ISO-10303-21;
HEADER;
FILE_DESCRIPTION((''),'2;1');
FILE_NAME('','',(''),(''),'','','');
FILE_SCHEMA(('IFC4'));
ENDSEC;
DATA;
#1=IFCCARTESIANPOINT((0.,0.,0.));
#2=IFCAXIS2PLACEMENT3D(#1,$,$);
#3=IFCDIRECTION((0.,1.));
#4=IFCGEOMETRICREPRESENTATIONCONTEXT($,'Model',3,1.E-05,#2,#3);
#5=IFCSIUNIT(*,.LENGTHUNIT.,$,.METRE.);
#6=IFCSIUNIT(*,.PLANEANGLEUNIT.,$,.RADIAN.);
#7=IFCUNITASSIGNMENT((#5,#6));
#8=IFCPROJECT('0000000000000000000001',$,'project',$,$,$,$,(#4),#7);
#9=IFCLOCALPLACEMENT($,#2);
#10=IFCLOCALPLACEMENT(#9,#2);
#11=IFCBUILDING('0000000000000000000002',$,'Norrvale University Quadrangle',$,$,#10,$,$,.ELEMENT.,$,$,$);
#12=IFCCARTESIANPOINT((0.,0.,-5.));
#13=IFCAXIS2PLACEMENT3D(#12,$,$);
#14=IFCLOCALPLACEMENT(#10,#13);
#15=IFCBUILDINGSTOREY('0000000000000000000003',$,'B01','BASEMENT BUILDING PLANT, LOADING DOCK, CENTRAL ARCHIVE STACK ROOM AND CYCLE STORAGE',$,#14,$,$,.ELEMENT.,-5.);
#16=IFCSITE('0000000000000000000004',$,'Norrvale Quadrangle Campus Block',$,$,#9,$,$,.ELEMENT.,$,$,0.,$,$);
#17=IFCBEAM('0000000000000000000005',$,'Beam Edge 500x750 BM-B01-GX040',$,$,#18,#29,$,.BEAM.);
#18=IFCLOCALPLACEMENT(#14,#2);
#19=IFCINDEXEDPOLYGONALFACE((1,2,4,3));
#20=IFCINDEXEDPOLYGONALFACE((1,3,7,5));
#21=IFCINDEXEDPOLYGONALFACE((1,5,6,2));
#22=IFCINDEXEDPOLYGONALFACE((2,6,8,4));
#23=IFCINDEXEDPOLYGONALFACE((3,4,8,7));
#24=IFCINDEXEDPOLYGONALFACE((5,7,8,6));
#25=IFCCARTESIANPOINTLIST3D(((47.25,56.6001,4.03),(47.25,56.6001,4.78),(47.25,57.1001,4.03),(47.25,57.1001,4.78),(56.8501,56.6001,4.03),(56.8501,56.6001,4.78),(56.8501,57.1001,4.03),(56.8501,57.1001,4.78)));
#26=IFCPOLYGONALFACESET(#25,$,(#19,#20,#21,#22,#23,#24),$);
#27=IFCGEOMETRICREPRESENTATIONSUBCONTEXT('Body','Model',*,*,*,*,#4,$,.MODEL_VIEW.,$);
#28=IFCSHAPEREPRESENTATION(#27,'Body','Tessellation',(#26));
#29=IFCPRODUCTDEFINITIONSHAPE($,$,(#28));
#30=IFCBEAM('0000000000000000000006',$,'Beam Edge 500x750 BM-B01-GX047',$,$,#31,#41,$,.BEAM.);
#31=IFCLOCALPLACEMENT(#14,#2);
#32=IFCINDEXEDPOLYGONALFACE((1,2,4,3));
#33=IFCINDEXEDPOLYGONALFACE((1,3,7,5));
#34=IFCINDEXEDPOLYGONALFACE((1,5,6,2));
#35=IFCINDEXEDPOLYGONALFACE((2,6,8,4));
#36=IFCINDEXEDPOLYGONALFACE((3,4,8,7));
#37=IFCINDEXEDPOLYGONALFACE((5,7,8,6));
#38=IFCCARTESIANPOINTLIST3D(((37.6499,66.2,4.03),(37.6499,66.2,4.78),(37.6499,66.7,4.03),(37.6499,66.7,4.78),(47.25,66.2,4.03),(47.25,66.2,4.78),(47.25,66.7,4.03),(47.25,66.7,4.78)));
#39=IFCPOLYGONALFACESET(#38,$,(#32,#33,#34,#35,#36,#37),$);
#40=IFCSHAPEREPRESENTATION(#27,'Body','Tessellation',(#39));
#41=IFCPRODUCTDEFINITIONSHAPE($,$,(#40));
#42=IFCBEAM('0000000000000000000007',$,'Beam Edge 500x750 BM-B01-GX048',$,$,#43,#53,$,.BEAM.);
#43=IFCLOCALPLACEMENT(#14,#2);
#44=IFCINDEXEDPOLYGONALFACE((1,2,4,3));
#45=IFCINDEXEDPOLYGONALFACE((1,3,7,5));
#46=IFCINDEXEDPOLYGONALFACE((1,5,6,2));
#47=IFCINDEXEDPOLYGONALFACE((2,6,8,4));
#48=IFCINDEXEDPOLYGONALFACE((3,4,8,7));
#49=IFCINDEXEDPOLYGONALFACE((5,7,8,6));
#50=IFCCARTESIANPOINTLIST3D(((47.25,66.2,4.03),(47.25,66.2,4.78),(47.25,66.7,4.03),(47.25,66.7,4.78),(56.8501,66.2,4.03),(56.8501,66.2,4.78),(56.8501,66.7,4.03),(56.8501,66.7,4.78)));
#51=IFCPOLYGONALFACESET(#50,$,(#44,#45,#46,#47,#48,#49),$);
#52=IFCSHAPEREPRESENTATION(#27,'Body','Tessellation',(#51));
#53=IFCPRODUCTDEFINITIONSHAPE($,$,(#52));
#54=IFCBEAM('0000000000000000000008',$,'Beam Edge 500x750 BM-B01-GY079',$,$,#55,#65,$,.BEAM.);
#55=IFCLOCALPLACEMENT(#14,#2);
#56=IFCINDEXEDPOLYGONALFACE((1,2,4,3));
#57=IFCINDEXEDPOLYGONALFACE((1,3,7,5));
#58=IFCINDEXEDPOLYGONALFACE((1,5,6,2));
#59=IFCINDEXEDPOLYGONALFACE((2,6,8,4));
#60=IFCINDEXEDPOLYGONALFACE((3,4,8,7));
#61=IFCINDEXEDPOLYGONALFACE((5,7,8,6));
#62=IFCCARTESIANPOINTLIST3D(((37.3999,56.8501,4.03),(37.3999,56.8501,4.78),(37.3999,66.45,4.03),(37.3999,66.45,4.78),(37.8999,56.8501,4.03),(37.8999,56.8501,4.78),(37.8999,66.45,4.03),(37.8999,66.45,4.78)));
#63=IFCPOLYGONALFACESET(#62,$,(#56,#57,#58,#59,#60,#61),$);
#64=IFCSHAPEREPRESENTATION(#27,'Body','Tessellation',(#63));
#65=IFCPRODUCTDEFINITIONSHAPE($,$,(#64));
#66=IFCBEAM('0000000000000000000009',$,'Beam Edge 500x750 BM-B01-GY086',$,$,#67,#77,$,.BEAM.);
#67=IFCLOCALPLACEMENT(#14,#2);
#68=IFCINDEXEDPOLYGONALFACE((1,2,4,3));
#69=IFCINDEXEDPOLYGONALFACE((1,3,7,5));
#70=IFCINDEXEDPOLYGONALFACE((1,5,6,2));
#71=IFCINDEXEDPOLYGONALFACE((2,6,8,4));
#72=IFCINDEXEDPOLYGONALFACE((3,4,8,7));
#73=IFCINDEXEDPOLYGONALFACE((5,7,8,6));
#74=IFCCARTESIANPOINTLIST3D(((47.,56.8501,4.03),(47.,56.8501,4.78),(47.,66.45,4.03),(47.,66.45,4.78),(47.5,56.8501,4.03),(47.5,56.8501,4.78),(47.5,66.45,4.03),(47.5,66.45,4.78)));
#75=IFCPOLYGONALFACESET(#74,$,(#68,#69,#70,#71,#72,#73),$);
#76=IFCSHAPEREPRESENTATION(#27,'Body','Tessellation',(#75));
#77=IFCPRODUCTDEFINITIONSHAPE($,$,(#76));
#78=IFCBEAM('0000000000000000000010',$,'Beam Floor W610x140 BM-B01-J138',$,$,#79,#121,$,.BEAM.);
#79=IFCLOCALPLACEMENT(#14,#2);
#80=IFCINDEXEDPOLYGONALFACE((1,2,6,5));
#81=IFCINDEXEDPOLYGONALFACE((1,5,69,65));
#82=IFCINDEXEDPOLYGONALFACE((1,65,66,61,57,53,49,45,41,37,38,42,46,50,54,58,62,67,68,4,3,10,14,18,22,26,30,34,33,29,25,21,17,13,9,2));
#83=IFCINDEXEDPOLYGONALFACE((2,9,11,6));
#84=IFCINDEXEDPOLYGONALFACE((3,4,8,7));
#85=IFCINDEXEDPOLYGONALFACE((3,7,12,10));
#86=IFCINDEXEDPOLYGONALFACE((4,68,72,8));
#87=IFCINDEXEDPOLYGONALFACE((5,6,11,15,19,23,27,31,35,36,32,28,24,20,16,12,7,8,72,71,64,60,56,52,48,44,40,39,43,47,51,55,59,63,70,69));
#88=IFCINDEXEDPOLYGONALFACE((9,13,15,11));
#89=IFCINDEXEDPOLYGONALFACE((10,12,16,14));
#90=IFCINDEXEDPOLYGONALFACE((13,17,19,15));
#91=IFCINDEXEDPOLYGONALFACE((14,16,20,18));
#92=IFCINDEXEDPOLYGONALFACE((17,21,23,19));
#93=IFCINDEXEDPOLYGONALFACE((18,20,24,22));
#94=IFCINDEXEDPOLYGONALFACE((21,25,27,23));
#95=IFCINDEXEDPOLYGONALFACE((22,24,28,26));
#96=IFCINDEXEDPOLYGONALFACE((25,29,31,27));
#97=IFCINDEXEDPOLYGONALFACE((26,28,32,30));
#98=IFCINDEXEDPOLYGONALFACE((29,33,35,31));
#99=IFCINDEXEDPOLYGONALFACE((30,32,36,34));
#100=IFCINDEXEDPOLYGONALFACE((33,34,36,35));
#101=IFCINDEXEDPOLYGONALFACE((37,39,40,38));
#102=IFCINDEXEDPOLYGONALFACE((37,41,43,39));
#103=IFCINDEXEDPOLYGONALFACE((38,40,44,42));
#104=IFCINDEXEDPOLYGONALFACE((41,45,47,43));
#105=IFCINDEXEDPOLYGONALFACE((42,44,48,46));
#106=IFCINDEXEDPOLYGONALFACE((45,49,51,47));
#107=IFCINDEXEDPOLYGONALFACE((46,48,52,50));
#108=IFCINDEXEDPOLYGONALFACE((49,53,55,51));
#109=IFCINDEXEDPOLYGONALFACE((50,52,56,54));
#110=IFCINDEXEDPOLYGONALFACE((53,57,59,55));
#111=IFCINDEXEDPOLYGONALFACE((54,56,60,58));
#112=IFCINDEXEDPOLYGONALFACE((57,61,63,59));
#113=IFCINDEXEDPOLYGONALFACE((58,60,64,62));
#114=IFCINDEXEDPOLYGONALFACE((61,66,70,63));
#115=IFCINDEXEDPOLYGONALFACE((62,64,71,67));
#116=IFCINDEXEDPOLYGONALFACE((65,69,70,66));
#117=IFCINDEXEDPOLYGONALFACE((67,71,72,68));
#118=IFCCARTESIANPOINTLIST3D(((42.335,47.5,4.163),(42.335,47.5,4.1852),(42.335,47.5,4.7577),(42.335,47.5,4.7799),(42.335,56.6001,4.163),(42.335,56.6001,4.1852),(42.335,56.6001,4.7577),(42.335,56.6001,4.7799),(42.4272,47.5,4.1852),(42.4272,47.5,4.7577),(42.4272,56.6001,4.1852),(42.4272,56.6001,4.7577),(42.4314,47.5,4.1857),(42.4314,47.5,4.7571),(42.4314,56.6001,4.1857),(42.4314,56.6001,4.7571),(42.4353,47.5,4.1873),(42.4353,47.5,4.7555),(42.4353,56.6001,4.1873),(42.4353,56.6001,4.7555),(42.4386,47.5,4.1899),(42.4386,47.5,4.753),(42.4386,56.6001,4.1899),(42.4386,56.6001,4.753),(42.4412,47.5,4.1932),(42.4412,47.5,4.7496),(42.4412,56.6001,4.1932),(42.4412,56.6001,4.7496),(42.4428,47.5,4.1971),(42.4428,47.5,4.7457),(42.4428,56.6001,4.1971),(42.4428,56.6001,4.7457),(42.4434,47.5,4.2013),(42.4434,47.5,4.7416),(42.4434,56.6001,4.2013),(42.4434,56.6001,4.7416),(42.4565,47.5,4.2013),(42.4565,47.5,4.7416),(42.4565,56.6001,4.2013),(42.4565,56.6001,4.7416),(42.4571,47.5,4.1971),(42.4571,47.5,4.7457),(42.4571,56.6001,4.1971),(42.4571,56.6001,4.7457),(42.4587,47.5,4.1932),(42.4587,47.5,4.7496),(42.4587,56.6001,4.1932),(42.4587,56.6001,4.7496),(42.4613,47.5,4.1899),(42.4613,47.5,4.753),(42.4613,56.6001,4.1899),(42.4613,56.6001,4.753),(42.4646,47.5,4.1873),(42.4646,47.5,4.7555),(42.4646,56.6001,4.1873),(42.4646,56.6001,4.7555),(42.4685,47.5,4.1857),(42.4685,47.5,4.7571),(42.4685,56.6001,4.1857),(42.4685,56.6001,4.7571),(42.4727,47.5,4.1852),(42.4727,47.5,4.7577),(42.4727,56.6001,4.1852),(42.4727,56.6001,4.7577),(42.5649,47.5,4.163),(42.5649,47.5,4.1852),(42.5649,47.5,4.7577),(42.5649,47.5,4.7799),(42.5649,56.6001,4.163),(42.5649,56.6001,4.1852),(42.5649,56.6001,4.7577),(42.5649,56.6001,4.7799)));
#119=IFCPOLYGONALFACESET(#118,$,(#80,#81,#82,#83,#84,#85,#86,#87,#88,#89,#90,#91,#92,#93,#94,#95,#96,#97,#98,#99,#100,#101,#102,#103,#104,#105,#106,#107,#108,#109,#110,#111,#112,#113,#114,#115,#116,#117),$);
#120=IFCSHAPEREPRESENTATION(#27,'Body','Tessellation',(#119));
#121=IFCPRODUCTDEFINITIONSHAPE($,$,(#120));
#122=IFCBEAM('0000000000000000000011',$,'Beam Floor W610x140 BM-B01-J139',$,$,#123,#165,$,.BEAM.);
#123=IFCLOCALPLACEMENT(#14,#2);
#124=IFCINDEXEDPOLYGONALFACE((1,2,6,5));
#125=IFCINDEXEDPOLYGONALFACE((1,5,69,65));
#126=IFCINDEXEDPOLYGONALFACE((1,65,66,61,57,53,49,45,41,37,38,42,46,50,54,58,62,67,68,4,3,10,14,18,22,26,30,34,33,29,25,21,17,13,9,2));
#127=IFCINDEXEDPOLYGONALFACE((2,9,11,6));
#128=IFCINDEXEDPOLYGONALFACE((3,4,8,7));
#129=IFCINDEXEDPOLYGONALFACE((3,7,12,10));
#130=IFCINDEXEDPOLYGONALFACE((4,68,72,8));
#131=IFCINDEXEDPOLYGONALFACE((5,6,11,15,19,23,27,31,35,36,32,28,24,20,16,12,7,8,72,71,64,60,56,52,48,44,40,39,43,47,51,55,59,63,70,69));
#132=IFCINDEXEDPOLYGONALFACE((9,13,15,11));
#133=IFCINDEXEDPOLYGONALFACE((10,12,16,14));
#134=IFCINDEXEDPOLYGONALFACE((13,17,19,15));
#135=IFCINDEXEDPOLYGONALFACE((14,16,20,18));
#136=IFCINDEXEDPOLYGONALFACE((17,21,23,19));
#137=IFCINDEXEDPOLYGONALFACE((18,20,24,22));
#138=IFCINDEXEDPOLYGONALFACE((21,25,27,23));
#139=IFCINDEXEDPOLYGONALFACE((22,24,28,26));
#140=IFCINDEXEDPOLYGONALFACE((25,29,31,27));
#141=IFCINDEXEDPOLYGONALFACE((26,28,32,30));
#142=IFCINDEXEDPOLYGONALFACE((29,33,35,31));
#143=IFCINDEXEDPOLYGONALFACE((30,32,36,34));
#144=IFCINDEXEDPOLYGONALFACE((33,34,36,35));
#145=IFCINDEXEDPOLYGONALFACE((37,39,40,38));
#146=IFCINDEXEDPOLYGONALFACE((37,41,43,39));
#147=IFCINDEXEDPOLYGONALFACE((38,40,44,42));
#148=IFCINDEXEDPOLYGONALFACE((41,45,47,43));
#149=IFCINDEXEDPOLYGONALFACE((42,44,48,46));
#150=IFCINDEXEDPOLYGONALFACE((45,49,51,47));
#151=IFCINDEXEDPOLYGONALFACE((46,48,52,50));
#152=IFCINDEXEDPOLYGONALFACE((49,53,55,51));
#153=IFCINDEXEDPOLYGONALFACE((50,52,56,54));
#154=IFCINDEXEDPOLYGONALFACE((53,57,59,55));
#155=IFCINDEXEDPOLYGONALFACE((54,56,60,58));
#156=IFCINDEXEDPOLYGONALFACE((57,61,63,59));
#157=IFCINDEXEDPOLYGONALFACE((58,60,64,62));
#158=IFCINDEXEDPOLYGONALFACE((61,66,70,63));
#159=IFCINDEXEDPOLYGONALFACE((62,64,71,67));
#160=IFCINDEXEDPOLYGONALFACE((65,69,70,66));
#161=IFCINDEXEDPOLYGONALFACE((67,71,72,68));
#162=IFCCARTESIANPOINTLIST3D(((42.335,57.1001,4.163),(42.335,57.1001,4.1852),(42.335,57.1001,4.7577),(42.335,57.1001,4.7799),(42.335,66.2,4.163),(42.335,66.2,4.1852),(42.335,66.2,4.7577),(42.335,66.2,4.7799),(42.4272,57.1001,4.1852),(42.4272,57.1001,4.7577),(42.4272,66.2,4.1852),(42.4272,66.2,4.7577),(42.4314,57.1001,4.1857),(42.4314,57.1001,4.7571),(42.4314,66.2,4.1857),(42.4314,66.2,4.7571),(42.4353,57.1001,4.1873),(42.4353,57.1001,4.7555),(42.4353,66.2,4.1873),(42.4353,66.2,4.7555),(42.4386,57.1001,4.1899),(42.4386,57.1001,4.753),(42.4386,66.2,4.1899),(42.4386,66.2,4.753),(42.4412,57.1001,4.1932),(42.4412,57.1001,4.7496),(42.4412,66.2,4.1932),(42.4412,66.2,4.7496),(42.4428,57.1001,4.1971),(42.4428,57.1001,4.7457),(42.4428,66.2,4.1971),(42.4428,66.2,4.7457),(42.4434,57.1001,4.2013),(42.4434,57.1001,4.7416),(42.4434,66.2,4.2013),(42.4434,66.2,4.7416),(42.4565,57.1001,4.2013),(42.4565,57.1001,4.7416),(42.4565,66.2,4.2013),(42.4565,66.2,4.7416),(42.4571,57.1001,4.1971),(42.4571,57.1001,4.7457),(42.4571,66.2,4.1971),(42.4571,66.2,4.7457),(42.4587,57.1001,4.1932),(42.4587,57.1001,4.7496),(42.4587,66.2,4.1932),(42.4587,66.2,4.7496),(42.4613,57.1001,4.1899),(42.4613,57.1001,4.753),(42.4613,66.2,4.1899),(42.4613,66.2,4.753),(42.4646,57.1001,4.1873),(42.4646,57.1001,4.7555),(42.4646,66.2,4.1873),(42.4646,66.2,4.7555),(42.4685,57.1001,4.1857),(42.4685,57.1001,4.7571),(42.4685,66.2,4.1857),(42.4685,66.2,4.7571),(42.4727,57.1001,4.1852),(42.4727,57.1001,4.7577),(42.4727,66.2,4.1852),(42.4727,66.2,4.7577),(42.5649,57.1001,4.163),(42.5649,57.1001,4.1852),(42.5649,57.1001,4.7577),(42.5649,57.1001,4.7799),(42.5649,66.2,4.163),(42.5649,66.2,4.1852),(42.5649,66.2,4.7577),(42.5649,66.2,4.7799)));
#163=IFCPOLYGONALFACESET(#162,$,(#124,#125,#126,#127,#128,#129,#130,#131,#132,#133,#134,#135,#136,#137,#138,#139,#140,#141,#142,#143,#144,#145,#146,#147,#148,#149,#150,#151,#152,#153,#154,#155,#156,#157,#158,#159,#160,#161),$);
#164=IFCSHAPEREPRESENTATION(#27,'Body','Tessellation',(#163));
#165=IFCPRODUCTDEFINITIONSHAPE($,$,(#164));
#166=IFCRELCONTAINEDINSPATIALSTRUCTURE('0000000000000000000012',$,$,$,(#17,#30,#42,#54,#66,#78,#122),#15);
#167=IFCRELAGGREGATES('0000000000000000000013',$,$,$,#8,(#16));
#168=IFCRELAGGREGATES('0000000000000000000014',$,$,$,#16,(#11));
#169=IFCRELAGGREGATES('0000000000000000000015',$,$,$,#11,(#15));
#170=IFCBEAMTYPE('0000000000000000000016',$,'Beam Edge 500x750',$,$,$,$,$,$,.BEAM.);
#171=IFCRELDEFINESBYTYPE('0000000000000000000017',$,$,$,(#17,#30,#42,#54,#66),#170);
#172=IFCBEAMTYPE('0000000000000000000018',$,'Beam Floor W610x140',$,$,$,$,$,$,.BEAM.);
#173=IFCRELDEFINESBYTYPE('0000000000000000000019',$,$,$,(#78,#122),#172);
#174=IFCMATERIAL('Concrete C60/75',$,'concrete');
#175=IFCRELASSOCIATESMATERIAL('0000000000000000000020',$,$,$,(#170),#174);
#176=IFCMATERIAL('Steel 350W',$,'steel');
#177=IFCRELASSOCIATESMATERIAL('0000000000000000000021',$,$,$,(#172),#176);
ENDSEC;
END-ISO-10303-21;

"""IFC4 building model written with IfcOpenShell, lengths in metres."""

from ifc_helpers import new_model, si_unit, direction, frame, origin, origin_2d, place, context, subcontext, project, spatial, rectangle, i_section, extrude, material, material_profile, profile_set, type_object, element, save


model = new_model("IFC4")

# Units and contexts
model_context = context("Model", 3, precision=1e-05, world=origin(), true_north=direction((0.0, 1.0)))
body_context = subcontext(model_context, "Body", "Model", "MODEL_VIEW")
ifc_project = project(units=[si_unit("LENGTHUNIT", "METRE"), si_unit("PLANEANGLEUNIT", "RADIAN")], contexts=[model_context])

# Site, building, storey
site_placement = place(None, origin())
site = spatial("IfcSite", under=ifc_project, at=site_placement, Name="Norrvale Quadrangle Campus Block", CompositionType="ELEMENT", RefElevation=0.0)
building_placement = place(site_placement, origin())
building = spatial("IfcBuilding", under=site, at=building_placement, Name="Norrvale University Quadrangle", CompositionType="ELEMENT")
storey_placement = place(building_placement, frame((0.0, 0.0, -5.0)))
storey = spatial("IfcBuildingStorey", under=building, at=storey_placement, Name="B01", Description="BASEMENT BUILDING PLANT, LOADING DOCK, CENTRAL ARCHIVE STACK ROOM AND CYCLE STORAGE", CompositionType="ELEMENT", Elevation=-5.0)

# Beams
ifc_material_1 = material(Name="Concrete C60/75", Category="concrete")
ifc_material_profile_1 = material_profile(ifc_material_1, rectangle(XDim=0.5, YDim=0.75, at=origin_2d()), Name="Concrete C60/75")
ifc_profile_set_1 = profile_set([ifc_material_profile_1], Name="Concrete C60/75")
beam_type_1 = type_object("IfcBeamType", Name="Beam Edge 500x750", PredefinedType="BEAM", material=ifc_profile_set_1)
for number, where, z_axis, x_axis, name in (
    (1, (47.25, 56.8501, 4.405), (1.0, 0.0, 0.0), (0.0, 1.0, 0.0), "Beam Edge 500x750 BM-B01-GX040"),
    (2, (37.6499, 66.45, 4.405), (1.0, 0.0, 0.0), (0.0, 1.0, 0.0), "Beam Edge 500x750 BM-B01-GX047"),
    (3, (47.25, 66.45, 4.405), (1.0, 0.0, 0.0), (0.0, 1.0, 0.0), "Beam Edge 500x750 BM-B01-GX048"),
):
    element("IfcBeam", number, at=place(storey_placement, frame(where, z_axis=z_axis, x_axis=x_axis)), inside=storey, type_object=beam_type_1, Name=name, PredefinedType="BEAM", context=body_context, shape_type="SweptSolid", body=[
        extrude(rectangle(XDim=0.5, YDim=0.75, at=origin_2d()), origin(), (0.0, 0.0, 1.0), 9.6001),
    ])
for number, where, z_axis, x_axis, name in (
    (4, (37.6499, 56.8501, 4.405), (0.0, 1.0, 0.0), (-1.0, 0.0, 0.0), "Beam Edge 500x750 BM-B01-GY079"),
    (5, (47.25, 56.8501, 4.405), (0.0, 1.0, 0.0), (-1.0, 0.0, 0.0), "Beam Edge 500x750 BM-B01-GY086"),
):
    element("IfcBeam", number, at=place(storey_placement, frame(where, z_axis=z_axis, x_axis=x_axis)), inside=storey, type_object=beam_type_1, Name=name, PredefinedType="BEAM", context=body_context, shape_type="SweptSolid", body=[
        extrude(rectangle(XDim=0.5, YDim=0.75, at=origin_2d()), origin(), (0.0, 0.0, 1.0), 9.5999),
    ])
ifc_material_2 = material(Name="Steel 350W", Category="steel")
ifc_material_profile_2 = material_profile(ifc_material_2, i_section(OverallWidth=0.23, OverallDepth=0.6169, WebThickness=0.0132, FlangeThickness=0.0222, FilletRadius=0.0161, at=origin_2d()), Name="Steel 350W")
ifc_profile_set_2 = profile_set([ifc_material_profile_2], Name="Steel 350W")
beam_type_2 = type_object("IfcBeamType", Name="Beam Floor W610x140", PredefinedType="BEAM", material=ifc_profile_set_2)
beam_1_placement = place(storey_placement, frame((42.45, 47.5, 4.4714), z_axis=(0.0, 1.0, 0.0), x_axis=(-1.0, 0.0, 0.0)))
element("IfcBeam", 6, at=beam_1_placement, inside=storey, type_object=beam_type_2, Name="Beam Floor W610x140 BM-B01-J138", PredefinedType="BEAM", context=body_context, shape_type="SweptSolid", body=[
    extrude(i_section(OverallWidth=0.23, OverallDepth=0.6169, WebThickness=0.0132, FlangeThickness=0.0222, FilletRadius=0.0161, at=origin_2d()), origin(), (0.0, 0.0, 1.0), 9.1001),
])
beam_2_placement = place(storey_placement, frame((42.45, 57.1001, 4.4714), z_axis=(0.0, 1.0, 0.0), x_axis=(-1.0, 0.0, 0.0)))
element("IfcBeam", 7, at=beam_2_placement, inside=storey, type_object=beam_type_2, Name="Beam Floor W610x140 BM-B01-J139", PredefinedType="BEAM", context=body_context, shape_type="SweptSolid", body=[
    extrude(i_section(OverallWidth=0.23, OverallDepth=0.6169, WebThickness=0.0132, FlangeThickness=0.0222, FilletRadius=0.0161, at=origin_2d()), origin(), (0.0, 0.0, 1.0), 9.0999),
])

save(model, "model.ifc")
